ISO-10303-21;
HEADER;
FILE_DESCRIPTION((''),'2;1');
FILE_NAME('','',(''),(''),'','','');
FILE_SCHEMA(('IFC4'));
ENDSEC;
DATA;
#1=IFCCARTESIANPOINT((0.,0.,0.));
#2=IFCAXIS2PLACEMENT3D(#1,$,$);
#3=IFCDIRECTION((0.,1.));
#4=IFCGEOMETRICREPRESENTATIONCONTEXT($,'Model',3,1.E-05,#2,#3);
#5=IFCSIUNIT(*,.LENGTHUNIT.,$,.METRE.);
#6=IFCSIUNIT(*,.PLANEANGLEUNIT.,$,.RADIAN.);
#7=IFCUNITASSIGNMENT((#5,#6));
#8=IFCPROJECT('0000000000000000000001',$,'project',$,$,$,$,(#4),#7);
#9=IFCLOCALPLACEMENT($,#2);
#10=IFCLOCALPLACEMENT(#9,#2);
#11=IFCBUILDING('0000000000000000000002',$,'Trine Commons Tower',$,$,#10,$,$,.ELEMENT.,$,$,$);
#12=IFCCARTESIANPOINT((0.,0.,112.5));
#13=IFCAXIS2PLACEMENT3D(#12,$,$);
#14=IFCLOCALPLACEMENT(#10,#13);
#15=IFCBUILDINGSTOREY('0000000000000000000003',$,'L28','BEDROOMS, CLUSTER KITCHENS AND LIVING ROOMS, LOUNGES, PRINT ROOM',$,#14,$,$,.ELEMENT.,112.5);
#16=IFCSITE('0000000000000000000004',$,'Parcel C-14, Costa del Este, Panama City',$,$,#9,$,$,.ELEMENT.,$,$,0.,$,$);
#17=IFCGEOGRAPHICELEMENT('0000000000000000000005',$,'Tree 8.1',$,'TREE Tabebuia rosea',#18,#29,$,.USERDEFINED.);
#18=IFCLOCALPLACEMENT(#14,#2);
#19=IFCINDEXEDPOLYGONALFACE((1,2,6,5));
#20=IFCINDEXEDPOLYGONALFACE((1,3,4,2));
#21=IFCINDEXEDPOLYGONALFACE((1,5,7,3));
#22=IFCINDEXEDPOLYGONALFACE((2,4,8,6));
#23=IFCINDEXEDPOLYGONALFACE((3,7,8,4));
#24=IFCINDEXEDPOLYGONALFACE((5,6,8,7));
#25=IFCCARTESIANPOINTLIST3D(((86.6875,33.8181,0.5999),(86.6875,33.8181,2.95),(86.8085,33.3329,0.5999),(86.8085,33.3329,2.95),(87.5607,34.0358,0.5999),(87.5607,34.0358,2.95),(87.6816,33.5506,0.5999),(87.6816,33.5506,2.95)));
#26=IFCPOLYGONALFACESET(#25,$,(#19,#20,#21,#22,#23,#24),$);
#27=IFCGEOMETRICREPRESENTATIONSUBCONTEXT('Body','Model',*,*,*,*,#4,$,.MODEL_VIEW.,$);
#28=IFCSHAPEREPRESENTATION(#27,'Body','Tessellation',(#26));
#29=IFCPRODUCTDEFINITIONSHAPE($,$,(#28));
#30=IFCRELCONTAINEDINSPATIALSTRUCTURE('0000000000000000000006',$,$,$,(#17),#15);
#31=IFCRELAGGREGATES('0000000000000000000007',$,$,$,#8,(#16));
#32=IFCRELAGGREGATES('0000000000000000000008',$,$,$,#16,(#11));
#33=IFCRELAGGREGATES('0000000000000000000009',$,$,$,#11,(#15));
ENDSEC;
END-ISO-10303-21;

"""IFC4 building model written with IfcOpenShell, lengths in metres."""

from ifc_helpers import new_model, si_unit, direction, frame, origin, origin_2d, place, context, subcontext, project, spatial, rectangle, extrude, element, save


model = new_model("IFC4")

# Units and contexts
model_context = context("Model", 3, precision=1e-05, world=origin(), true_north=direction((0.0, 1.0)))
body_context = subcontext(model_context, "Body", "Model", "MODEL_VIEW")
ifc_project = project(units=[si_unit("LENGTHUNIT", "METRE"), si_unit("PLANEANGLEUNIT", "RADIAN")], contexts=[model_context])

# Site, building, storey
site_placement = place(None, origin())
site = spatial("IfcSite", under=ifc_project, at=site_placement, Name="Parcel C-14, Costa del Este, Panama City", CompositionType="ELEMENT", RefElevation=0.0)
building_placement = place(site_placement, origin())
building = spatial("IfcBuilding", under=site, at=building_placement, Name="Trine Commons Tower", CompositionType="ELEMENT")
storey_placement = place(building_placement, frame((0.0, 0.0, 112.5)))
storey = spatial("IfcBuildingStorey", under=building, at=storey_placement, Name="L28", Description="BEDROOMS, CLUSTER KITCHENS AND LIVING ROOMS, LOUNGES, PRINT ROOM", CompositionType="ELEMENT", Elevation=112.5)

# Geographic element
for number, where, z_axis, x_axis, name in (
    (1, (87.1846, 33.6843, 0.5999), (0.0, 0.0, 1.0), (-0.970297, -0.241915, 0.0), "Tree 8.1"),
):
    element("IfcGeographicElement", number, at=place(storey_placement, frame(where, z_axis=z_axis, x_axis=x_axis)), inside=storey, Name=name, ObjectType="TREE Tabebuia rosea", PredefinedType="USERDEFINED", context=body_context, shape_type="SweptSolid", body=[
        extrude(rectangle(XDim=0.8999, YDim=0.5, at=origin_2d()), origin(), (0.0, 0.0, 1.0), 2.3501),
    ])

save(model, "model.ifc")
